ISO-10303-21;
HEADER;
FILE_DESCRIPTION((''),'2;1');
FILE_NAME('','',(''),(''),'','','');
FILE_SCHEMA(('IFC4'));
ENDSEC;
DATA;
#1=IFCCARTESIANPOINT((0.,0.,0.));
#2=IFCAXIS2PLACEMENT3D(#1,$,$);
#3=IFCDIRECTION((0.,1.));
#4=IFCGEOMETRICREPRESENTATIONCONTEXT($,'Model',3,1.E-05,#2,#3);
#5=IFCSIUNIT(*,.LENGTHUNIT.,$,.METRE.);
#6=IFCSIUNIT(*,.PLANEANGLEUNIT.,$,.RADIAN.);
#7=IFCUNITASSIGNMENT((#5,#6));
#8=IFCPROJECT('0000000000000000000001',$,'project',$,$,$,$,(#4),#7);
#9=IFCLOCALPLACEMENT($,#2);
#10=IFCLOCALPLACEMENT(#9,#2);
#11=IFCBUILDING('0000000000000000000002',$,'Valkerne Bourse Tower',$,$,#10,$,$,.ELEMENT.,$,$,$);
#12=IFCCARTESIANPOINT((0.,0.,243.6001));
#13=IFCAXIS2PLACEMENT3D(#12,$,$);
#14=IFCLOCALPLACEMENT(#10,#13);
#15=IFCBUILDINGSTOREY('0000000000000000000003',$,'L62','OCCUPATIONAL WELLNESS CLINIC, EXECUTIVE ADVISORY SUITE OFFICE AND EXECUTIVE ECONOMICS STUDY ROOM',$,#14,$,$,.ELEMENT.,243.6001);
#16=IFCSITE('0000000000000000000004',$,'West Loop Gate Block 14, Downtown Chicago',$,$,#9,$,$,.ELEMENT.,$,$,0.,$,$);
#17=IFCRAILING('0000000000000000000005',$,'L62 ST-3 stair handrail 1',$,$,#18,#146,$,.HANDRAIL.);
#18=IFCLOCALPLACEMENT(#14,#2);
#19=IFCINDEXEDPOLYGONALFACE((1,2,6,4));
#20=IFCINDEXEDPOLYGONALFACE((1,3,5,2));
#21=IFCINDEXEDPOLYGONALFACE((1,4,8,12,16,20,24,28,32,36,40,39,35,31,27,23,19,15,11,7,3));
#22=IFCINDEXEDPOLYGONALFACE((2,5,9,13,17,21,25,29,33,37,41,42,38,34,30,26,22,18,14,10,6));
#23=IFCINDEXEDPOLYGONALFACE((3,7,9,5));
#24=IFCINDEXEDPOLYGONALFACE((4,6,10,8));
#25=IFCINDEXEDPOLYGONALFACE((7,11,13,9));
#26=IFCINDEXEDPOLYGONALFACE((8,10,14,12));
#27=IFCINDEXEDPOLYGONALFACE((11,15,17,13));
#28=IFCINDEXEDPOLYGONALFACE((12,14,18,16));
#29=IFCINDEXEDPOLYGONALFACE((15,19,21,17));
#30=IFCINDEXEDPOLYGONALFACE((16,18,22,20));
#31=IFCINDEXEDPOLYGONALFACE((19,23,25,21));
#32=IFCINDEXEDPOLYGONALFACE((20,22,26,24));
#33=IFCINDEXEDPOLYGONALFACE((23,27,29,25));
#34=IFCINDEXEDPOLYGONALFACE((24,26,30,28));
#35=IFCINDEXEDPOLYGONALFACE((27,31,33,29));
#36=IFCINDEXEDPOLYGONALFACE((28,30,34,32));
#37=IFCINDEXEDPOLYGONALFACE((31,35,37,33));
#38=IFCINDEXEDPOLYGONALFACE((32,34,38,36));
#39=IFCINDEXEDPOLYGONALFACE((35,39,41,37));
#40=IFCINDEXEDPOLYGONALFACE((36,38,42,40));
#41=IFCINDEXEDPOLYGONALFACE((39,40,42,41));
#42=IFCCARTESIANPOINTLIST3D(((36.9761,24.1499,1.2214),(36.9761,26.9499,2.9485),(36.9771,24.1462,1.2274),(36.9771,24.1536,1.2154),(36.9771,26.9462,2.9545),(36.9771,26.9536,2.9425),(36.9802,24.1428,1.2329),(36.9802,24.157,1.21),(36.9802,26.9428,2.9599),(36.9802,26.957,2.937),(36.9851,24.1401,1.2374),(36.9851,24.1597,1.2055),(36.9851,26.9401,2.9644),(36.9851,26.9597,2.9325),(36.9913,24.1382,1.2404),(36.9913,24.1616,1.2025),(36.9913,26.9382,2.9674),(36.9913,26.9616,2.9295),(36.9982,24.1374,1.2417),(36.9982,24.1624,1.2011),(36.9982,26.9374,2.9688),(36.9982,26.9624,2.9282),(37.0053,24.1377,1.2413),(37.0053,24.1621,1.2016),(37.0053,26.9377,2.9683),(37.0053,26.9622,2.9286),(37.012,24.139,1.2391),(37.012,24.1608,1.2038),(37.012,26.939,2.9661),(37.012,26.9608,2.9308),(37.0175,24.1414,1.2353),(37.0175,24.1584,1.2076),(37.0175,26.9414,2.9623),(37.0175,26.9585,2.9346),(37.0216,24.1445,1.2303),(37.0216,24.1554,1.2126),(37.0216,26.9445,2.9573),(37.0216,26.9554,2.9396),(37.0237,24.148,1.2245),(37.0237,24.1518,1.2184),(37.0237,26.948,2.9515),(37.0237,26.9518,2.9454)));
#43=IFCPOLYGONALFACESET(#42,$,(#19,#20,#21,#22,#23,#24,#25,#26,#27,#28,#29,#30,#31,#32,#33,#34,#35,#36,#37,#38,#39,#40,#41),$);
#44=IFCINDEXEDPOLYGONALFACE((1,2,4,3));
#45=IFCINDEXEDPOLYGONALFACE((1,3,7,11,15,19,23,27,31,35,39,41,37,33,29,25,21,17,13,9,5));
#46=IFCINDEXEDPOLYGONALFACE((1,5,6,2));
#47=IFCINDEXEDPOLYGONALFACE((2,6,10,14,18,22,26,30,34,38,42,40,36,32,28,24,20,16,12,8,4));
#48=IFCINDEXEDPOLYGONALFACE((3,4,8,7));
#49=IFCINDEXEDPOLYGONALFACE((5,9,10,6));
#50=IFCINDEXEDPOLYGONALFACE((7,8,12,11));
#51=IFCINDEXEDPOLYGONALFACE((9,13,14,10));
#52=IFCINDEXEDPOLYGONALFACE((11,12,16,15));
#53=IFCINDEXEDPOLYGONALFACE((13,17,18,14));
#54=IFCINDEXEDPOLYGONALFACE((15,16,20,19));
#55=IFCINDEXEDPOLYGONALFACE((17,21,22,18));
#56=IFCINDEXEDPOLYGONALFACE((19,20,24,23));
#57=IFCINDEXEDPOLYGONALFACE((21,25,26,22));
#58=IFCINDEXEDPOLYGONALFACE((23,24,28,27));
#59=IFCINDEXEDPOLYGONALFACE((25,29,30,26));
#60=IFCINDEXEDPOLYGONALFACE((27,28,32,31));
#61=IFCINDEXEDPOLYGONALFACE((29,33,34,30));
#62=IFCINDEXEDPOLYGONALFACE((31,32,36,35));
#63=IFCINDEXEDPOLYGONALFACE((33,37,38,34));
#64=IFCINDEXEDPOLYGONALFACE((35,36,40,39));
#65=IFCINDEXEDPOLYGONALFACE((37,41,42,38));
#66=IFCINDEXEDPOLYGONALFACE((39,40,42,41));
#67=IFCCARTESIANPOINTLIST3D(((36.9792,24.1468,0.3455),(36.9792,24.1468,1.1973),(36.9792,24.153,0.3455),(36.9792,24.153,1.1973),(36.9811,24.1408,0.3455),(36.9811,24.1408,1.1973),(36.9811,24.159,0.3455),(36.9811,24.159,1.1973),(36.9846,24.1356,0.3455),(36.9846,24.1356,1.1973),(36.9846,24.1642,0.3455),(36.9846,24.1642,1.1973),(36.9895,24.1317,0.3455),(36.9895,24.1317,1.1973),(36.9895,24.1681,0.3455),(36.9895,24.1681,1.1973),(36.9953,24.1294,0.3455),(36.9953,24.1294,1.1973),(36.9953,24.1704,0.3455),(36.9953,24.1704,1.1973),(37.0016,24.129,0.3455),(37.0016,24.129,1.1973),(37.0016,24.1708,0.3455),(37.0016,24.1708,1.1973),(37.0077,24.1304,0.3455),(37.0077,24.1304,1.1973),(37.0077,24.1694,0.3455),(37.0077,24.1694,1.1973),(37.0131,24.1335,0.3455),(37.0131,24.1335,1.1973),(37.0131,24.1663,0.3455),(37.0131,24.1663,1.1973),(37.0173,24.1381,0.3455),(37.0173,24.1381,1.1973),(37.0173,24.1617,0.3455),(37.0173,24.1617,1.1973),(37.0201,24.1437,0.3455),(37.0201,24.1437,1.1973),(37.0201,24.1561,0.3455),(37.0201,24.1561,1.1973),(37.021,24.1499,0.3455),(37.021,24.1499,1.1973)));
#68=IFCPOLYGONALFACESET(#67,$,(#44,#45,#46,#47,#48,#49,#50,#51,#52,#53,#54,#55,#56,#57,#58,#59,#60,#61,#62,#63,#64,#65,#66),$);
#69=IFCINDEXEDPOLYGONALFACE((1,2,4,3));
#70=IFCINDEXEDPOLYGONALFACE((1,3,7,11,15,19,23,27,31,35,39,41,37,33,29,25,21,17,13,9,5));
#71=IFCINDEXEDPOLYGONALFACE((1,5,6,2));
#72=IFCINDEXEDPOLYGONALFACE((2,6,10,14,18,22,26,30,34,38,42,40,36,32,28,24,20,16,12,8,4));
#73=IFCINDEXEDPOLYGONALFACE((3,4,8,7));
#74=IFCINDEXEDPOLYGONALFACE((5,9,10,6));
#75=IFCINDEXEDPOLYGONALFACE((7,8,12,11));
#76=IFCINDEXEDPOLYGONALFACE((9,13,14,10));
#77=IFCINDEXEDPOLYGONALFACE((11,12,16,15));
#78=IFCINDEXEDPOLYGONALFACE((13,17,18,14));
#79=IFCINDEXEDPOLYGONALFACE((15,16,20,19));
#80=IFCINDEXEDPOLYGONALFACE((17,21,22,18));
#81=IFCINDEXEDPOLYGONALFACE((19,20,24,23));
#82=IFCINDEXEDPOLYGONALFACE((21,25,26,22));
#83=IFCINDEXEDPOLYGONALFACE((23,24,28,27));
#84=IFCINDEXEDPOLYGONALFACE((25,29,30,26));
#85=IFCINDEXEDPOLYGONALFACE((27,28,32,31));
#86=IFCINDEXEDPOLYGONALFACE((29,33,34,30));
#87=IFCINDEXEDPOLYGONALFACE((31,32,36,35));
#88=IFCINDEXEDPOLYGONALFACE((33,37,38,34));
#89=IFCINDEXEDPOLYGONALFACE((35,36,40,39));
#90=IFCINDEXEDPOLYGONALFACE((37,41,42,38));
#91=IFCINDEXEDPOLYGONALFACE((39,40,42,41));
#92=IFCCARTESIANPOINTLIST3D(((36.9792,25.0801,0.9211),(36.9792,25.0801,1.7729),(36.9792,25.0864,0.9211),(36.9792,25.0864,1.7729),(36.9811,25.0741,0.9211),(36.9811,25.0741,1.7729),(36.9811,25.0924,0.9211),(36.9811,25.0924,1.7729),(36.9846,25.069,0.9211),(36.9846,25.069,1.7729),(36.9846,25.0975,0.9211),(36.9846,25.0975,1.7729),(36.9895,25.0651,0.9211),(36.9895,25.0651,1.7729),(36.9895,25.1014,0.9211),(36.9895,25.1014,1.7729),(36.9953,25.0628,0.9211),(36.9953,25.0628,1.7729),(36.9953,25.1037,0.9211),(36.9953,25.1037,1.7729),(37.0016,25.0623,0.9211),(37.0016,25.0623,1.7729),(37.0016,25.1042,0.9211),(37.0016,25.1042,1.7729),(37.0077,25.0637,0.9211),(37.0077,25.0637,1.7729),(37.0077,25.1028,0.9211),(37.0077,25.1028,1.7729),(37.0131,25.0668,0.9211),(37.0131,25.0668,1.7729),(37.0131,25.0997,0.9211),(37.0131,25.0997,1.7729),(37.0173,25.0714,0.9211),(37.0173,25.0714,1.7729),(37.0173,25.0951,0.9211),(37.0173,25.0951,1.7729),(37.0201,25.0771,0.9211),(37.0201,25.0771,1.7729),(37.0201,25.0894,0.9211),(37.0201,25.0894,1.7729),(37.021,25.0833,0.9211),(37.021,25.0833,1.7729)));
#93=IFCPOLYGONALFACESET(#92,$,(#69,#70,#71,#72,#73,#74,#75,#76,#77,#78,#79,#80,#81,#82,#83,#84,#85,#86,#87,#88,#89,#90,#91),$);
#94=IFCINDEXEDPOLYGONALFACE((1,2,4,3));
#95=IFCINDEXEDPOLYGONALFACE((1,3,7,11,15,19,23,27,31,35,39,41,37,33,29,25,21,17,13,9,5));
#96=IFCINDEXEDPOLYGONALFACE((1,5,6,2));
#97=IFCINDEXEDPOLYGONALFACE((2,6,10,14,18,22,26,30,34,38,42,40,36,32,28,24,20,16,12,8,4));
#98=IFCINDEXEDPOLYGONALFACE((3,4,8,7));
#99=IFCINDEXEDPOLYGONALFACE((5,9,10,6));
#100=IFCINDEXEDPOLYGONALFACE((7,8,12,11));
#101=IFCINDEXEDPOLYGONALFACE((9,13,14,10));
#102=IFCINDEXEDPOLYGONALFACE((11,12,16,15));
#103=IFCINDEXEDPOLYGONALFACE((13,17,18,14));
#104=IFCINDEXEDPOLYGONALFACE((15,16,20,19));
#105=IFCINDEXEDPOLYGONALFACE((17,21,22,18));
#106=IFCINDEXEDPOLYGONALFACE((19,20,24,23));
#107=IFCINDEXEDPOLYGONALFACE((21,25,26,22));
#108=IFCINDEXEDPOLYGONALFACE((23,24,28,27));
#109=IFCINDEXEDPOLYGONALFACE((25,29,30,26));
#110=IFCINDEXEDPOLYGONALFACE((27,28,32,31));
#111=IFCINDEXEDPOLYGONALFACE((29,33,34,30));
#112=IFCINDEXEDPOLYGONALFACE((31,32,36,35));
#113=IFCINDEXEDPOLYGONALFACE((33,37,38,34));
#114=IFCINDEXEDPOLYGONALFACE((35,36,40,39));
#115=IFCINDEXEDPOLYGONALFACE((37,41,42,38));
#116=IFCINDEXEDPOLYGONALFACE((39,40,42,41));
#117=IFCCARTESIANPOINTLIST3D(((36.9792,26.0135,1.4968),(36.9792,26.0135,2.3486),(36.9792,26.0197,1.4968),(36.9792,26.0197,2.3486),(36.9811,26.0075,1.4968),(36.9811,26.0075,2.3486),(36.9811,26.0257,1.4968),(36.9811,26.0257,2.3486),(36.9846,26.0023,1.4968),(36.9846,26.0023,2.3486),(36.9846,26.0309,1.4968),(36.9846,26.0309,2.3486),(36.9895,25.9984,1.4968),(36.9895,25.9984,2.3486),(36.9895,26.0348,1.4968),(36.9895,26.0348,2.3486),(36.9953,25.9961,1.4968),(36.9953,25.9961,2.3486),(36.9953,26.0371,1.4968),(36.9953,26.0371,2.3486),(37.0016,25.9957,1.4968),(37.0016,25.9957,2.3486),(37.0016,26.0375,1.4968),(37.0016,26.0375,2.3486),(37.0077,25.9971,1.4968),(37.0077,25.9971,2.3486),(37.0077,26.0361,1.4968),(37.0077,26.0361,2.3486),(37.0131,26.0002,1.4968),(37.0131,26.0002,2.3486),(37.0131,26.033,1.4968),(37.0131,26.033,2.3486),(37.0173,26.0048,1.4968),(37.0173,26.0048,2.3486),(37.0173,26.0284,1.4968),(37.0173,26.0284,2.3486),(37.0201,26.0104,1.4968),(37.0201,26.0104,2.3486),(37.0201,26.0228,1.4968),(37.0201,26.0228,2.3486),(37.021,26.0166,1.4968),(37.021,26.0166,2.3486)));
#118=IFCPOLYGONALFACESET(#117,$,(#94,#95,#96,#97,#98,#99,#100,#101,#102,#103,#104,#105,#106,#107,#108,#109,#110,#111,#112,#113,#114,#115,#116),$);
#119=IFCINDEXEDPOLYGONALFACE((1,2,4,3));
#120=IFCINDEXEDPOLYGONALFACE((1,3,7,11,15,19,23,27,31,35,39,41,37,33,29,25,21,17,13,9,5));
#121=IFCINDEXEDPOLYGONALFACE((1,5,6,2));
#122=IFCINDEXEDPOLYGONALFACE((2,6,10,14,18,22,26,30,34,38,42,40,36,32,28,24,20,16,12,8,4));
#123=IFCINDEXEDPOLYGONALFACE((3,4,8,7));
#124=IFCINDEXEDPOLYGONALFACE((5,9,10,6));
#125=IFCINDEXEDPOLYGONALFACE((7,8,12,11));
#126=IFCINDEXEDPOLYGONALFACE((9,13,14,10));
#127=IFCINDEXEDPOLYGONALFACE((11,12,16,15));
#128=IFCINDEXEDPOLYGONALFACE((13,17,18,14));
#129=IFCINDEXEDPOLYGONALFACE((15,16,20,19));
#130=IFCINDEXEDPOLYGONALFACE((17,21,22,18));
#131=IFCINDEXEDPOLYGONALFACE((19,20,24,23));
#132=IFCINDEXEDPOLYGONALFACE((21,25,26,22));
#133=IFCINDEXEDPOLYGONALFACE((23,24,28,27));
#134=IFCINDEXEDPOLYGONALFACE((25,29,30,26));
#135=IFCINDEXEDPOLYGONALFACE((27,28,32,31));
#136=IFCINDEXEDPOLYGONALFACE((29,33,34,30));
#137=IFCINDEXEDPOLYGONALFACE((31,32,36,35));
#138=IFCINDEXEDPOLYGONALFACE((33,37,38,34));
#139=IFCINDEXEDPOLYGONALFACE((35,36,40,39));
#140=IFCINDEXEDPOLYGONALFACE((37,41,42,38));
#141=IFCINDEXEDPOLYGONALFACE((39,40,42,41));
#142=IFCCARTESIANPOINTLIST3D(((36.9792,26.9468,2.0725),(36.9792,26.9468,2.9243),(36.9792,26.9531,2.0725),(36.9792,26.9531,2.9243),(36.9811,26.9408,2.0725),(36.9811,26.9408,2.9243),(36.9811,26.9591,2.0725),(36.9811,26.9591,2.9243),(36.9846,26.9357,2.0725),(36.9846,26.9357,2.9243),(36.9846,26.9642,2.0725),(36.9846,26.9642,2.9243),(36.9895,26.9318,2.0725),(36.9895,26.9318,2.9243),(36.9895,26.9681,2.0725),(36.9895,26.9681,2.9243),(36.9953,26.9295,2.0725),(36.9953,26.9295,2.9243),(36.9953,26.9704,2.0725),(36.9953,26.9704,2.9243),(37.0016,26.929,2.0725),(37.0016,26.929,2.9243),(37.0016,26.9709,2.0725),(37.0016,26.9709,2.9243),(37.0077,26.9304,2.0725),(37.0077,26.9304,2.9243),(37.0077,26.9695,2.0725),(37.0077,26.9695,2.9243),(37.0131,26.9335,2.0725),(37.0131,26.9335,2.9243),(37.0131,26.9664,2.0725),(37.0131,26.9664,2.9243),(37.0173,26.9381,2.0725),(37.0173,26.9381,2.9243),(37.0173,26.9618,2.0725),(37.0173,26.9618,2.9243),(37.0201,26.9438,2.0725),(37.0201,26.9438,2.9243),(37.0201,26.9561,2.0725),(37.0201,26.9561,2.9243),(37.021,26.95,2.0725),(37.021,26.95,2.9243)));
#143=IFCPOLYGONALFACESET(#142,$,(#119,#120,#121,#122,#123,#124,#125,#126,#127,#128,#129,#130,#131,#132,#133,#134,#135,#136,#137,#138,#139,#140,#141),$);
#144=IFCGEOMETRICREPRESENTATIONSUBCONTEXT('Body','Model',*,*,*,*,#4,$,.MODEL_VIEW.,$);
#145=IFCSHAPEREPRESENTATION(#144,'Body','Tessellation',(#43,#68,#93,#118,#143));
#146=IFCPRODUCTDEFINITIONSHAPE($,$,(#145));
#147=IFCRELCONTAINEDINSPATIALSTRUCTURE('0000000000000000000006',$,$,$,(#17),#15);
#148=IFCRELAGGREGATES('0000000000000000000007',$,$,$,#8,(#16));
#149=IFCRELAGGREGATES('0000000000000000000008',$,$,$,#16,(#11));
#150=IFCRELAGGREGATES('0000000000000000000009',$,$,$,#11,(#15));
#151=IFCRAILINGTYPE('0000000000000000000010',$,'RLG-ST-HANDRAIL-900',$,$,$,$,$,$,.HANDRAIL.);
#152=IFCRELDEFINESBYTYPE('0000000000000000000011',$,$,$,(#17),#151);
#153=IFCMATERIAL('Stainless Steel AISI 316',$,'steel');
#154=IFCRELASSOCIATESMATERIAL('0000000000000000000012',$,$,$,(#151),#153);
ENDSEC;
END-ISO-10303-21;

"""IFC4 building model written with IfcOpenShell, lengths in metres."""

from ifc_helpers import new_model, si_unit, direction, frame, origin, origin_2d, place, context, subcontext, project, spatial, circle, extrude, material, type_object, element, save


model = new_model("IFC4")

# Units and contexts
model_context = context("Model", 3, precision=1e-05, world=origin(), true_north=direction((0.0, 1.0)))
body_context = subcontext(model_context, "Body", "Model", "MODEL_VIEW")
ifc_project = project(units=[si_unit("LENGTHUNIT", "METRE"), si_unit("PLANEANGLEUNIT", "RADIAN")], contexts=[model_context])

# Site, building, storey
site_placement = place(None, origin())
site = spatial("IfcSite", under=ifc_project, at=site_placement, Name="West Loop Gate Block 14, Downtown Chicago", CompositionType="ELEMENT", RefElevation=0.0)
building_placement = place(site_placement, origin())
building = spatial("IfcBuilding", under=site, at=building_placement, Name="Valkerne Bourse Tower", CompositionType="ELEMENT")
storey_placement = place(building_placement, frame((0.0, 0.0, 243.6001)))
storey = spatial("IfcBuildingStorey", under=building, at=storey_placement, Name="L62", Description="OCCUPATIONAL WELLNESS CLINIC, EXECUTIVE ADVISORY SUITE OFFICE AND EXECUTIVE ECONOMICS STUDY ROOM", CompositionType="ELEMENT", Elevation=243.6001)

# Railing
ifc_material_1 = material(Name="Stainless Steel AISI 316", Category="steel")
railing_type_1 = type_object("IfcRailingType", Name="RLG-ST-HANDRAIL-900", PredefinedType="HANDRAIL", material=ifc_material_1)
railing_1_placement = place(storey_placement, frame((37.0, 24.1499, 0.3455)))
element("IfcRailing", 1, at=railing_1_placement, inside=storey, type_object=railing_type_1, Name="L62 ST-3 stair handrail 1", PredefinedType="HANDRAIL", context=body_context, shape_type="SweptSolid", body=[
    extrude(circle(Radius=0.0239, at=origin_2d()), frame((0.0, 0.0, 0.876), z_axis=(0.0, 0.851123, 0.524967), x_axis=(-1.0, 0.0, 0.0)), (0.0, 0.0, 1.0), 3.2898),
    extrude(circle(Radius=0.021, at=origin_2d()), origin(), (0.0, 0.0, 1.0), 0.8518),
    extrude(circle(Radius=0.021, at=origin_2d()), frame((0.0, 0.9333, 0.5757)), (0.0, 0.0, 1.0), 0.8518),
    extrude(circle(Radius=0.021, at=origin_2d()), frame((0.0, 1.8667, 1.1514)), (0.0, 0.0, 1.0), 0.8518),
    extrude(circle(Radius=0.021, at=origin_2d()), frame((0.0, 2.8, 1.7271)), (0.0, 0.0, 1.0), 0.8518),
])

save(model, "model.ifc")
